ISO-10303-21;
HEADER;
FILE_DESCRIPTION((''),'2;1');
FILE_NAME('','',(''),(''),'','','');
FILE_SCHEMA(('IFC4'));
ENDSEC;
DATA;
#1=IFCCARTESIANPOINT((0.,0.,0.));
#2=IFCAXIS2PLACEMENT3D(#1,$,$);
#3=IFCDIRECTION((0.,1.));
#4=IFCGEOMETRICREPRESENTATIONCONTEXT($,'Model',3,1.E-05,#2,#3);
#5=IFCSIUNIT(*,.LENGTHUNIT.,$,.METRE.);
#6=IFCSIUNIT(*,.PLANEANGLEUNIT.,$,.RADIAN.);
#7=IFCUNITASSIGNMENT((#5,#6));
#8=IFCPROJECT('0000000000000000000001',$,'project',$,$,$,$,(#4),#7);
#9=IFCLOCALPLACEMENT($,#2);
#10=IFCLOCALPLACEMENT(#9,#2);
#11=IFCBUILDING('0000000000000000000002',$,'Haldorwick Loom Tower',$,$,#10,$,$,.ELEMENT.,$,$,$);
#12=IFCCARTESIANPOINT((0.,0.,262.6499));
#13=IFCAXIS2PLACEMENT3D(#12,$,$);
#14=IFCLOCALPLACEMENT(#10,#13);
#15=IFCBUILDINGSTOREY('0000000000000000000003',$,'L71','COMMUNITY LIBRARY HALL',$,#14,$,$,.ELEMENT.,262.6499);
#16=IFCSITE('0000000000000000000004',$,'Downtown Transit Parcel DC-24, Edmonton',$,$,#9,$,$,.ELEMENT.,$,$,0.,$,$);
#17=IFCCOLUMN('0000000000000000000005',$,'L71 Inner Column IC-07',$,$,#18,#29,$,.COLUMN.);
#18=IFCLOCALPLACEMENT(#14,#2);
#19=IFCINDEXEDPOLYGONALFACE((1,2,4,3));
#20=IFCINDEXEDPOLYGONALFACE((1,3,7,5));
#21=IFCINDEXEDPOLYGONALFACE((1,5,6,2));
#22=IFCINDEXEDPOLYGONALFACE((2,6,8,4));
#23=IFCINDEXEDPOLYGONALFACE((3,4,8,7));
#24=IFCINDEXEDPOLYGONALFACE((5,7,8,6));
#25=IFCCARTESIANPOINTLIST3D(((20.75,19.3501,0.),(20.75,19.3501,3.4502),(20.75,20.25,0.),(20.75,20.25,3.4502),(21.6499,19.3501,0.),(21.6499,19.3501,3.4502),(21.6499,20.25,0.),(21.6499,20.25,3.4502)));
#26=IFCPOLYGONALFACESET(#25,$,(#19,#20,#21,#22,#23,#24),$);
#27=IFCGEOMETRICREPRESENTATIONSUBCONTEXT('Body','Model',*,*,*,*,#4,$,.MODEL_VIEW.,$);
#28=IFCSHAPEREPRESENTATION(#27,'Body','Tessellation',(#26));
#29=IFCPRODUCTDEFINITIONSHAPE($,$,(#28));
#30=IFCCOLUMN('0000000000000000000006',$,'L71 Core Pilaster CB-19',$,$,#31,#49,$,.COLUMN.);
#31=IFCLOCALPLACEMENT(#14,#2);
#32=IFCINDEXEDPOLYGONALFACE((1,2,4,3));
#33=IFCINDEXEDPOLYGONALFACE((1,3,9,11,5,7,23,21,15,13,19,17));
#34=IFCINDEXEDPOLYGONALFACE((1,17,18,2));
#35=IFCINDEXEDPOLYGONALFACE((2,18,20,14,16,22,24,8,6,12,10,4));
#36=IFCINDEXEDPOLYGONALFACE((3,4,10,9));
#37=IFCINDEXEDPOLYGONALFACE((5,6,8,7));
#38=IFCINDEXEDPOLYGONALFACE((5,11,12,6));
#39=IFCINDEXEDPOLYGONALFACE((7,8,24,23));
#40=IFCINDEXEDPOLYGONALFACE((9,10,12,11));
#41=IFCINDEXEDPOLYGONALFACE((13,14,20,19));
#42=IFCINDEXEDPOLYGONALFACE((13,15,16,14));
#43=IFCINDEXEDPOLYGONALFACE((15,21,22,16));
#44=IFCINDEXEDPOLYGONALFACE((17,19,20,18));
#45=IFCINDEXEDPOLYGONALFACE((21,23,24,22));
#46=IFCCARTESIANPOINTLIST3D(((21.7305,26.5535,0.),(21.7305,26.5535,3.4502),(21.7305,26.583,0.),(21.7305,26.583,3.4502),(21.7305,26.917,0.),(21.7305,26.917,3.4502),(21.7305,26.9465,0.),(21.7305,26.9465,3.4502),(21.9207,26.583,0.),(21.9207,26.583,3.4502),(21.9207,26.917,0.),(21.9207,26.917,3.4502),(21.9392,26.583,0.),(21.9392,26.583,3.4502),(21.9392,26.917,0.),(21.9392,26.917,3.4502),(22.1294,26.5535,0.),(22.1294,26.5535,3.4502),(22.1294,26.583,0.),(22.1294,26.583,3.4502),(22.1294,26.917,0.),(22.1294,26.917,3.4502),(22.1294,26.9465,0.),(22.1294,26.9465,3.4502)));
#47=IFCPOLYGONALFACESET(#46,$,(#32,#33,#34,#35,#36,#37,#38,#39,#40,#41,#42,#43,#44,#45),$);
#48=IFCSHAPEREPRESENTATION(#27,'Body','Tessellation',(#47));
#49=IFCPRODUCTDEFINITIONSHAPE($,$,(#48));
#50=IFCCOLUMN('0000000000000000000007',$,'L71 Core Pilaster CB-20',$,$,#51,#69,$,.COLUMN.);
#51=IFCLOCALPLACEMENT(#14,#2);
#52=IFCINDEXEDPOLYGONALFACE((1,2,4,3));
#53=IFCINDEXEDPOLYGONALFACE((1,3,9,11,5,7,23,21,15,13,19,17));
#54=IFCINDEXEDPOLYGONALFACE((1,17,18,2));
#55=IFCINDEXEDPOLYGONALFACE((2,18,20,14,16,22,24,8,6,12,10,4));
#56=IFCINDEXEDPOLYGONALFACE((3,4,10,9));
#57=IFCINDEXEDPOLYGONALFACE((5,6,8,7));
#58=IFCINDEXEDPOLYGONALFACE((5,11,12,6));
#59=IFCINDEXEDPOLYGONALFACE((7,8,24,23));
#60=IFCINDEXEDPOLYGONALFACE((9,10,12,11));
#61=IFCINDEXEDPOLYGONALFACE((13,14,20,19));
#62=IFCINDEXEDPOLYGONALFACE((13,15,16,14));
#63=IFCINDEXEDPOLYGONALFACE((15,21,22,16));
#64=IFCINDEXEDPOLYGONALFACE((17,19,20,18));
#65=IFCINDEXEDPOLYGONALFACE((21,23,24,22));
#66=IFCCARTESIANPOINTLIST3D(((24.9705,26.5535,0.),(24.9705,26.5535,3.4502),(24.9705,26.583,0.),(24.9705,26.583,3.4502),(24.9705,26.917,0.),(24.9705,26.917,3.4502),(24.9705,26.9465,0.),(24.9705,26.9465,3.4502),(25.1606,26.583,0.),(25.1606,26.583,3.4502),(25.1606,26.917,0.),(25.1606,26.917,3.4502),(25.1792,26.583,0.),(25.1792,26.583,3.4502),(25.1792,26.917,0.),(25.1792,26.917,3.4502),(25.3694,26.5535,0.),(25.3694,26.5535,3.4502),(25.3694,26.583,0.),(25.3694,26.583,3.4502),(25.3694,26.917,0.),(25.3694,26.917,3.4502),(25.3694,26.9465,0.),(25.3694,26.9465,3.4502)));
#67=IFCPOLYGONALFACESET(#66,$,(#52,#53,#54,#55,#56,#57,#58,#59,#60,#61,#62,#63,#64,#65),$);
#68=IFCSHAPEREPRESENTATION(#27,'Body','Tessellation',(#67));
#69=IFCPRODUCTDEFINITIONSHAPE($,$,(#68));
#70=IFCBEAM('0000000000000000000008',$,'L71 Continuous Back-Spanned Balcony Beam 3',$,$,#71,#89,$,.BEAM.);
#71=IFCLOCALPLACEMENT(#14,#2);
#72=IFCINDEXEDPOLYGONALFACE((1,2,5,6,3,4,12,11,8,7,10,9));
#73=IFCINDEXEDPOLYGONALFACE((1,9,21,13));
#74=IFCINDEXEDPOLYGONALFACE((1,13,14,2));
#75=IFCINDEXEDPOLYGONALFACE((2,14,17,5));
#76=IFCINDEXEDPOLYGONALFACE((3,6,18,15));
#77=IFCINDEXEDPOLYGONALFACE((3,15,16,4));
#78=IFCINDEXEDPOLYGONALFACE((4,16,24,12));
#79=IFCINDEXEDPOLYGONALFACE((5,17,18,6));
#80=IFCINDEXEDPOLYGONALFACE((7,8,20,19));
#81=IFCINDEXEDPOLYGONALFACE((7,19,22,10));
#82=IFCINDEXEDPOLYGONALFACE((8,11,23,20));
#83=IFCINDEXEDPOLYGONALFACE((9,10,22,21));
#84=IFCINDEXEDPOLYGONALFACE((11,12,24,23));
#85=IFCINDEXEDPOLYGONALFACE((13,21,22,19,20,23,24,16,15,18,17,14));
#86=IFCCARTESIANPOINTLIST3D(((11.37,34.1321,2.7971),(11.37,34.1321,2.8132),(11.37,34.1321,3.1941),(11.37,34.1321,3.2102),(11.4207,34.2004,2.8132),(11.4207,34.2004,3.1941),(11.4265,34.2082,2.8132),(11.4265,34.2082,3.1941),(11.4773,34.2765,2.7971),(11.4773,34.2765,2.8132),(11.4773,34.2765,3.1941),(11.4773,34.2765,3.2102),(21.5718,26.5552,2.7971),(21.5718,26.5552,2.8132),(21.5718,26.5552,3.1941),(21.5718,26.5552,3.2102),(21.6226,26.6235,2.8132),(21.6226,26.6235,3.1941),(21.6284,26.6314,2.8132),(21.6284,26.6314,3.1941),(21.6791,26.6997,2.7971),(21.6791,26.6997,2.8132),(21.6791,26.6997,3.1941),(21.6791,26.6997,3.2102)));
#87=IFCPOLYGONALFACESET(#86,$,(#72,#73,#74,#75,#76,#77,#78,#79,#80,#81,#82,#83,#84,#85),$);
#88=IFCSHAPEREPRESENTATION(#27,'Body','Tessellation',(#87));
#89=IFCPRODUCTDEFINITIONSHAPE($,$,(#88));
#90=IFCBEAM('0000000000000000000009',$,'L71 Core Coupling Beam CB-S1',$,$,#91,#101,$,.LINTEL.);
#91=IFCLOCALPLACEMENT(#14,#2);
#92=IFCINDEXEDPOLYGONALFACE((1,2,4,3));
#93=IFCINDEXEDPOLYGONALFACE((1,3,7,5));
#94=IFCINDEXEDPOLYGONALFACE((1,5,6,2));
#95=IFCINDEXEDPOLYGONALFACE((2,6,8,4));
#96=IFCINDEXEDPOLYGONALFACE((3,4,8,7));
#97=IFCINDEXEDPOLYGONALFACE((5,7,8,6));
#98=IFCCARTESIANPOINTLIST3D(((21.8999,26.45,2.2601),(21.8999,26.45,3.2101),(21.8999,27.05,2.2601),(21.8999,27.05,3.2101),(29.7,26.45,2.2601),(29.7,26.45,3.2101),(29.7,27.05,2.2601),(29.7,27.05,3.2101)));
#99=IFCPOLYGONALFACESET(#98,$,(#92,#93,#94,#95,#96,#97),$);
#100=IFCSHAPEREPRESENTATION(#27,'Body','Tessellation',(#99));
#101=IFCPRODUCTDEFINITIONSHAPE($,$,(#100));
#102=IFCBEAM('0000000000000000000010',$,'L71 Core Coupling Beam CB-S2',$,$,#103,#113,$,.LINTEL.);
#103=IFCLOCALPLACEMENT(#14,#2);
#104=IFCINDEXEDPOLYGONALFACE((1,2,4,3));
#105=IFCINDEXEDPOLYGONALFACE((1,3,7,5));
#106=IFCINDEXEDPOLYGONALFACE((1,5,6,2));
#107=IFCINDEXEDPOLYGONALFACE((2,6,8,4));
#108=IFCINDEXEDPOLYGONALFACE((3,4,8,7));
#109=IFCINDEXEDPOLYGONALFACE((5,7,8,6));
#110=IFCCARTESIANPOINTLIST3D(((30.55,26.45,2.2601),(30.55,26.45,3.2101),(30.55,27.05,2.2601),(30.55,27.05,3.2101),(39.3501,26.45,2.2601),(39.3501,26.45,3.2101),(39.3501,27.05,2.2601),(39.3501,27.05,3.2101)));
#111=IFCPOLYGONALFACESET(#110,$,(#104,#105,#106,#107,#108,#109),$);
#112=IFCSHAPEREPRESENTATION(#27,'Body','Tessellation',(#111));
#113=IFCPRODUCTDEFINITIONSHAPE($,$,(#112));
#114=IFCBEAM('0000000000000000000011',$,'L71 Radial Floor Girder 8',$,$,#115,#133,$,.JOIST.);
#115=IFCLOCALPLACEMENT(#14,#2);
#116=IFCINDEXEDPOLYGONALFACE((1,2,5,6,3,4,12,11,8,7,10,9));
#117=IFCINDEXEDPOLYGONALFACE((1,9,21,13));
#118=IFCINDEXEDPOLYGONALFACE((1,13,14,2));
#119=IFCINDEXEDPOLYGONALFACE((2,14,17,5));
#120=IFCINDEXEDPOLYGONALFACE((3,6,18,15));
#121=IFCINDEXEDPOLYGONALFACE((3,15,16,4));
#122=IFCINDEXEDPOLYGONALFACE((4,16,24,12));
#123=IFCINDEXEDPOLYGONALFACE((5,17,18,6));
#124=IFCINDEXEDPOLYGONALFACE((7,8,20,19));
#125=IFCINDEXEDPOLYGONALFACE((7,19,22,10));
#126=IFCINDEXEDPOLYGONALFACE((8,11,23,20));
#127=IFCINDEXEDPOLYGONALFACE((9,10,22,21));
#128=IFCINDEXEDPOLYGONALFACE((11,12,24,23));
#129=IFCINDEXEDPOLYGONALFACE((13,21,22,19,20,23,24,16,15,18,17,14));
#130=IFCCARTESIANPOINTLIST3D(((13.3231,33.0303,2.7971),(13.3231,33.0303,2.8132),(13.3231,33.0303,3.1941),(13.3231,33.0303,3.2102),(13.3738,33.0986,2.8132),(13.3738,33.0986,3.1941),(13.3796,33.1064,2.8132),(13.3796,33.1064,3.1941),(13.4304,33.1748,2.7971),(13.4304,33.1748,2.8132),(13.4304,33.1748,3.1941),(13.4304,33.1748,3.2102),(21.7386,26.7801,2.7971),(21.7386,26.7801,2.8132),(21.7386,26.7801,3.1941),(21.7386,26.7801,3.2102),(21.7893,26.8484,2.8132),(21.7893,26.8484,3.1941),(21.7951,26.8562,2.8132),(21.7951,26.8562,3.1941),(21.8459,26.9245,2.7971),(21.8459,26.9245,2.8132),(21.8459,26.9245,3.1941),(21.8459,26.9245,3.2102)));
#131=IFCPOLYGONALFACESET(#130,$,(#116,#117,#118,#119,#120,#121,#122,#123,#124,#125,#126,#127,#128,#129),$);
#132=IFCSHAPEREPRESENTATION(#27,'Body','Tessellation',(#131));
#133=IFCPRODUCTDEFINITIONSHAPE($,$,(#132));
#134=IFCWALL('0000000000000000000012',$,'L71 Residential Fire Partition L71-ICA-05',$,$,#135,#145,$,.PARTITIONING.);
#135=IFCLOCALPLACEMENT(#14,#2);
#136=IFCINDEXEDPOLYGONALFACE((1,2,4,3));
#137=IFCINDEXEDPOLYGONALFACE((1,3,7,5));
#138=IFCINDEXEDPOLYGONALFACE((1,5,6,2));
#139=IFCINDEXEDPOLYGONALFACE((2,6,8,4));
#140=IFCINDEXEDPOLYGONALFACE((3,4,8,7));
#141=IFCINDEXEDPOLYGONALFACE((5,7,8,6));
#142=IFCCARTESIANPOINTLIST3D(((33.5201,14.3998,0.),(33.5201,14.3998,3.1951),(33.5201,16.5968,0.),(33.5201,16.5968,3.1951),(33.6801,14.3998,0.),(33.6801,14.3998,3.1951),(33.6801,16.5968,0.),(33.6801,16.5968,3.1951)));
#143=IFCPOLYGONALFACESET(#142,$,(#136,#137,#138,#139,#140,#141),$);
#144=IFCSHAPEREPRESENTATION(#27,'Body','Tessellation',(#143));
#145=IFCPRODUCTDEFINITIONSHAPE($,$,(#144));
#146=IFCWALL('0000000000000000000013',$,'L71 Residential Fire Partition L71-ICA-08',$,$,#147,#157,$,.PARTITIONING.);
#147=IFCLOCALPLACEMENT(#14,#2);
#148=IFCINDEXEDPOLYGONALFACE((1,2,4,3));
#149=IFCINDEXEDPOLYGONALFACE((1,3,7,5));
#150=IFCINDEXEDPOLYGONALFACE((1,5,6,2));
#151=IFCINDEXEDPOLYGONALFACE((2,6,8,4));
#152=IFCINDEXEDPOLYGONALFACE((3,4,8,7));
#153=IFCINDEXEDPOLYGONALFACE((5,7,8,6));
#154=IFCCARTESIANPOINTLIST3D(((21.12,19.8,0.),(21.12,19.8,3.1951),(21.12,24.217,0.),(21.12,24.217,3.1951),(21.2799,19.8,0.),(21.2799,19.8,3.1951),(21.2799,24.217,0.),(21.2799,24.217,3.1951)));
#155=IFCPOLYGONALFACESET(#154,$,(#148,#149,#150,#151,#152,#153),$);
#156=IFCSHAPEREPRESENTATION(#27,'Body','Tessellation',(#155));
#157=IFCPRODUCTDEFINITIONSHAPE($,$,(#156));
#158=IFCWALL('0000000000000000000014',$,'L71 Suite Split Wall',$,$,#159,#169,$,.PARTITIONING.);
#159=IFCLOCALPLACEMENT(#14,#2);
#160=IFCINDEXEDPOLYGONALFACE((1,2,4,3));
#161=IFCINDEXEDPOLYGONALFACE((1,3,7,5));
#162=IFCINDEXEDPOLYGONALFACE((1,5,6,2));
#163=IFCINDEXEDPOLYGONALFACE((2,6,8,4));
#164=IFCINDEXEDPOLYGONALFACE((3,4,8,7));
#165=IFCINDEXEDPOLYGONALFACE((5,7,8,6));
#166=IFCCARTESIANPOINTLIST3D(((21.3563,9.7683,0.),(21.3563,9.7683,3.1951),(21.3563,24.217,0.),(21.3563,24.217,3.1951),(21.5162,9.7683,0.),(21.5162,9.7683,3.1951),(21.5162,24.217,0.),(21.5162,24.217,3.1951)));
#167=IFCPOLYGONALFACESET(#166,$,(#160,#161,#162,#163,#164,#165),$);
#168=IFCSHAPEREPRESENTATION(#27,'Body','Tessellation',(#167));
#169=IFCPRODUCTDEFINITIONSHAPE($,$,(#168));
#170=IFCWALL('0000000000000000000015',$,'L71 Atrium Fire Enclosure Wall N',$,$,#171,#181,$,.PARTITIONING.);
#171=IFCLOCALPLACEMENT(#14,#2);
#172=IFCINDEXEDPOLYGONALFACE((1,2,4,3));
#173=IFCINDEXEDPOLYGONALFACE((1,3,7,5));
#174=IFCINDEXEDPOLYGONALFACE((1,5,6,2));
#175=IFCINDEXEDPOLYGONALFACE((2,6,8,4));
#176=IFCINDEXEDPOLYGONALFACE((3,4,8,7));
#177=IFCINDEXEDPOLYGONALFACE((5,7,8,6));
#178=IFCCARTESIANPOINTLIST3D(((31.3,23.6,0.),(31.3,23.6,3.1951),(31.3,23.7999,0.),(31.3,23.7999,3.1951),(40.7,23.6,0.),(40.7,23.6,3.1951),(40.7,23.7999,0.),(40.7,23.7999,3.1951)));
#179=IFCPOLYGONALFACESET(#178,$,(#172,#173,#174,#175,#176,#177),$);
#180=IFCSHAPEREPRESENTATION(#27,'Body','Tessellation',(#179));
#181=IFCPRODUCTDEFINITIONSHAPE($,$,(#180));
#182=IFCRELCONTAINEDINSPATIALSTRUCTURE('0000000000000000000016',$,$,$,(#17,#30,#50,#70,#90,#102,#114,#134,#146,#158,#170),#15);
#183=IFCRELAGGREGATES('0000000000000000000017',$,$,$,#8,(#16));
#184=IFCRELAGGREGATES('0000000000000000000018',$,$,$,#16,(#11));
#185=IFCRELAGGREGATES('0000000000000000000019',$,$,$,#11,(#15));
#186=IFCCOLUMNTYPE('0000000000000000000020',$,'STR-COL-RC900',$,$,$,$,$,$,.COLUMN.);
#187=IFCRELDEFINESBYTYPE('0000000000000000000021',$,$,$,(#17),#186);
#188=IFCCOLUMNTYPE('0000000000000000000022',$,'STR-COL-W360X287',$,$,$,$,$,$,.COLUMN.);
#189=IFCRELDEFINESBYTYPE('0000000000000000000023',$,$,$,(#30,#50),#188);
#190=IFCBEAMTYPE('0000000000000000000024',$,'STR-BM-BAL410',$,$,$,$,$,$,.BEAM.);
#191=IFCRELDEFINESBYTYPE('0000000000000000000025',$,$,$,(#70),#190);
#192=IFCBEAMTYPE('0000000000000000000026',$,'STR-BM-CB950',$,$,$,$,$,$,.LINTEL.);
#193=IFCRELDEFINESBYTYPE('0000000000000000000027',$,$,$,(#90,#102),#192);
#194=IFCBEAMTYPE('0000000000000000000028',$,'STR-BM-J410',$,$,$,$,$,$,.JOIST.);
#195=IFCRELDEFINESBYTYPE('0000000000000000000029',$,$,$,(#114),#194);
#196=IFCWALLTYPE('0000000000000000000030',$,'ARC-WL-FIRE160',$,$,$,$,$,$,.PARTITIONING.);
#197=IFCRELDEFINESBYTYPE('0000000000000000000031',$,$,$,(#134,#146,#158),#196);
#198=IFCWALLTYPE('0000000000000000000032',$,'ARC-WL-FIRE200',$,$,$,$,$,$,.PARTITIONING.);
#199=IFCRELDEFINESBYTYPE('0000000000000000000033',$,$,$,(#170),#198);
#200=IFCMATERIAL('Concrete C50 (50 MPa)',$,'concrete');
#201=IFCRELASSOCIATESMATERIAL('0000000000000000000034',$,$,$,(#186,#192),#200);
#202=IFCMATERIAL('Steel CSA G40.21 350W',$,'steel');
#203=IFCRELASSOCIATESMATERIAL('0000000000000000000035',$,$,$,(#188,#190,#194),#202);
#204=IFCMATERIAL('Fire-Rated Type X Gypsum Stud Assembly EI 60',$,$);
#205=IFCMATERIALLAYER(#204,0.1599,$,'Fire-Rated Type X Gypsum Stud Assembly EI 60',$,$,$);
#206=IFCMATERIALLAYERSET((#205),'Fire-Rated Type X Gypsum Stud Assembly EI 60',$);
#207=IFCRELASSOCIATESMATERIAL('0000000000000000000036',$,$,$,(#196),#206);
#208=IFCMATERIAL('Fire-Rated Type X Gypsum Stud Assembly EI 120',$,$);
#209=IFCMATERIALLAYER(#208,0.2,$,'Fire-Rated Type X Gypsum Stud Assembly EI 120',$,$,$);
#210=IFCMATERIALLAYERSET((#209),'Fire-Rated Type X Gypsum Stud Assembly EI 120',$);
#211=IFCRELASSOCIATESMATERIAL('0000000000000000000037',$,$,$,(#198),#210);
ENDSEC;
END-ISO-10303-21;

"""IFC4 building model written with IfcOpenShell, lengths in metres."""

from ifc_helpers import new_model, si_unit, direction, frame, frame_2d, origin, origin_2d, place, context, subcontext, project, spatial, rectangle, i_section, extrude, material, layer, layer_set, material_profile, profile_set, type_object, element, save


model = new_model("IFC4")

# Units and contexts
model_context = context("Model", 3, precision=1e-05, world=origin(), true_north=direction((0.0, 1.0)))
body_context = subcontext(model_context, "Body", "Model", "MODEL_VIEW")
ifc_project = project(units=[si_unit("LENGTHUNIT", "METRE"), si_unit("PLANEANGLEUNIT", "RADIAN")], contexts=[model_context])

# Site, building, storey
site_placement = place(None, origin())
site = spatial("IfcSite", under=ifc_project, at=site_placement, Name="Downtown Transit Parcel DC-24, Edmonton", CompositionType="ELEMENT", RefElevation=0.0)
building_placement = place(site_placement, origin())
building = spatial("IfcBuilding", under=site, at=building_placement, Name="Haldorwick Loom Tower", CompositionType="ELEMENT")
storey_placement = place(building_placement, frame((0.0, 0.0, 262.6499)))
storey = spatial("IfcBuildingStorey", under=building, at=storey_placement, Name="L71", Description="COMMUNITY LIBRARY HALL", CompositionType="ELEMENT", Elevation=262.6499)

# Columns
ifc_material_1 = material(Name="Concrete C50 (50 MPa)", Category="concrete")
ifc_material_profile_1 = material_profile(ifc_material_1, rectangle(XDim=0.8999, YDim=0.8999, at=origin_2d()), Name="RC900X900", Category="concrete")
ifc_profile_set_1 = profile_set([ifc_material_profile_1], Name="Concrete C50 (50 MPa)")
column_type_1 = type_object("IfcColumnType", Name="STR-COL-RC900", PredefinedType="COLUMN", material=ifc_profile_set_1)
column_placement = place(storey_placement, frame((21.2, 19.8, 0.0), z_axis=(0.0, 0.0, 1.0), x_axis=(1.0, 0.0, 0.0)))
element("IfcColumn", 1, at=column_placement, inside=storey, type_object=column_type_1, Name="L71 Inner Column IC-07", PredefinedType="COLUMN", context=body_context, shape_type="SweptSolid", body=[
    extrude(rectangle(XDim=0.8999, YDim=0.8999, at=origin_2d()), origin(), (0.0, 0.0, 1.0), 3.4502),
])
ifc_material_2 = material(Name="Steel CSA G40.21 350W", Category="steel")
ifc_material_profile_2 = material_profile(ifc_material_2, i_section(OverallWidth=0.3989, OverallDepth=0.3931, WebThickness=0.0186, FlangeThickness=0.0295, at=origin_2d()), Name="W360X287", Category="steel")
ifc_profile_set_2 = profile_set([ifc_material_profile_2], Name="Steel CSA G40.21 350W")
column_type_2 = type_object("IfcColumnType", Name="STR-COL-W360X287", PredefinedType="COLUMN", material=ifc_profile_set_2)
for number, where, z_axis, x_axis, name in (
    (2, (21.9299, 26.75, 0.0), (0.0, 0.0, 1.0), (1.0, 0.0, 0.0), "L71 Core Pilaster CB-19"),
    (3, (25.1699, 26.75, 0.0), (0.0, 0.0, 1.0), (1.0, 0.0, 0.0), "L71 Core Pilaster CB-20"),
):
    element("IfcColumn", number, at=place(storey_placement, frame(where, z_axis=z_axis, x_axis=x_axis)), inside=storey, type_object=column_type_2, Name=name, PredefinedType="COLUMN", context=body_context, shape_type="SweptSolid", body=[
        extrude(i_section(OverallWidth=0.3989, OverallDepth=0.3931, WebThickness=0.0186, FlangeThickness=0.0295, at=origin_2d()), origin(), (0.0, 0.0, 1.0), 3.4502),
    ])

# Beams
ifc_material_profile_3 = material_profile(ifc_material_2, i_section(OverallWidth=0.1799, OverallDepth=0.4131, WebThickness=0.0098, FlangeThickness=0.0161, at=origin_2d()), Name="W410X74", Category="steel")
ifc_profile_set_3 = profile_set([ifc_material_profile_3], Name="Steel CSA G40.21 350W")
beam_type_1 = type_object("IfcBeamType", Name="STR-BM-BAL410", PredefinedType="BEAM", material=ifc_profile_set_3)
beam_1_placement = place(storey_placement, frame((21.6255, 26.6274, 3.0037), z_axis=(-0.802806, 0.59624, 0.0), x_axis=(-0.59624, -0.802806, 0.0)))
element("IfcBeam", 4, at=beam_1_placement, inside=storey, type_object=beam_type_1, Name="L71 Continuous Back-Spanned Balcony Beam 3", PredefinedType="BEAM", context=body_context, shape_type="SweptSolid", body=[
    extrude(i_section(OverallWidth=0.1799, OverallDepth=0.4131, WebThickness=0.0098, FlangeThickness=0.0161, at=origin_2d()), origin(), (0.0, 0.0, 1.0), 12.7078),
])
ifc_material_profile_4 = material_profile(ifc_material_1, rectangle(XDim=0.6001, YDim=0.95, at=origin_2d()), Name="RC600X950", Category="concrete")
ifc_profile_set_4 = profile_set([ifc_material_profile_4], Name="Concrete C50 (50 MPa)")
beam_type_2 = type_object("IfcBeamType", Name="STR-BM-CB950", PredefinedType="LINTEL", material=ifc_profile_set_4)
beam_2_placement = place(storey_placement, frame((21.8999, 26.75, 2.7351), z_axis=(1.0, 0.0, 0.0), x_axis=(0.0, 1.0, 0.0)))
element("IfcBeam", 5, at=beam_2_placement, inside=storey, type_object=beam_type_2, Name="L71 Core Coupling Beam CB-S1", PredefinedType="LINTEL", context=body_context, shape_type="SweptSolid", body=[
    extrude(rectangle(XDim=0.6001, YDim=0.95, at=origin_2d()), origin(), (0.0, 0.0, 1.0), 7.8),
])
beam_3_placement = place(storey_placement, frame((30.55, 26.75, 2.7351), z_axis=(1.0, 0.0, 0.0), x_axis=(0.0, 1.0, 0.0)))
element("IfcBeam", 6, at=beam_3_placement, inside=storey, type_object=beam_type_2, Name="L71 Core Coupling Beam CB-S2", PredefinedType="LINTEL", context=body_context, shape_type="SweptSolid", body=[
    extrude(rectangle(XDim=0.6001, YDim=0.95, at=origin_2d()), origin(), (0.0, 0.0, 1.0), 8.8),
])
ifc_material_profile_5 = material_profile(ifc_material_2, i_section(OverallWidth=0.1799, OverallDepth=0.4131, WebThickness=0.0098, FlangeThickness=0.0161, at=origin_2d()), Name="W410X74", Category="steel")
ifc_profile_set_5 = profile_set([ifc_material_profile_5], Name="Steel CSA G40.21 350W")
beam_type_3 = type_object("IfcBeamType", Name="STR-BM-J410", PredefinedType="JOIST", material=ifc_profile_set_5)
beam_4_placement = place(storey_placement, frame((21.7922, 26.8523, 3.0037), z_axis=(-0.802803, 0.596245, 0.0), x_axis=(-0.596245, -0.802803, 0.0)))
element("IfcBeam", 7, at=beam_4_placement, inside=storey, type_object=beam_type_3, Name="L71 Radial Floor Girder 8", PredefinedType="JOIST", context=body_context, shape_type="SweptSolid", body=[
    extrude(i_section(OverallWidth=0.1799, OverallDepth=0.4131, WebThickness=0.0098, FlangeThickness=0.0161, at=origin_2d()), origin(), (0.0, 0.0, 1.0), 10.4827),
])

# Walls
ifc_material_3 = material(Name="Fire-Rated Type X Gypsum Stud Assembly EI 60")
ifc_layer_1 = layer(ifc_material_3, 0.1599, Name="Fire-Rated Type X Gypsum Stud Assembly EI 60")
ifc_layer_set_1 = layer_set([ifc_layer_1], Name="Fire-Rated Type X Gypsum Stud Assembly EI 60")
wall_type_1 = type_object("IfcWallType", Name="ARC-WL-FIRE160", PredefinedType="PARTITIONING", material=ifc_layer_set_1)
wall_1_placement = place(storey_placement, frame((33.6001, 16.5969, 0.0), z_axis=(0.0, 0.0, 1.0), x_axis=(0.0, -1.0, 0.0)))
element("IfcWall", 8, at=wall_1_placement, inside=storey, type_object=wall_type_1, Name="L71 Residential Fire Partition L71-ICA-05", PredefinedType="PARTITIONING", context=body_context, shape_type="SweptSolid", body=[
    extrude(rectangle(XDim=2.197, YDim=0.1599, at=frame_2d((1.0986, 0.0))), origin(), (0.0, 0.0, 1.0), 3.1951),
])
wall_2_placement = place(storey_placement, frame((21.2, 24.217, 0.0), z_axis=(0.0, 0.0, 1.0), x_axis=(0.0, -1.0, 0.0)))
element("IfcWall", 9, at=wall_2_placement, inside=storey, type_object=wall_type_1, Name="L71 Residential Fire Partition L71-ICA-08", PredefinedType="PARTITIONING", context=body_context, shape_type="SweptSolid", body=[
    extrude(rectangle(XDim=4.417, YDim=0.1599, at=frame_2d((2.2085, 0.0))), origin(), (0.0, 0.0, 1.0), 3.1951),
])
wall_3_placement = place(storey_placement, frame((21.4363, 24.217, 0.0), z_axis=(0.0, 0.0, 1.0), x_axis=(0.0, -1.0, 0.0)))
element("IfcWall", 10, at=wall_3_placement, inside=storey, type_object=wall_type_1, Name="L71 Suite Split Wall", PredefinedType="PARTITIONING", context=body_context, shape_type="SweptSolid", body=[
    extrude(rectangle(XDim=14.4487, YDim=0.1599, at=frame_2d((7.2244, 0.0))), origin(), (0.0, 0.0, 1.0), 3.1951),
])
ifc_material_4 = material(Name="Fire-Rated Type X Gypsum Stud Assembly EI 120")
ifc_layer_2 = layer(ifc_material_4, 0.2, Name="Fire-Rated Type X Gypsum Stud Assembly EI 120")
ifc_layer_set_2 = layer_set([ifc_layer_2], Name="Fire-Rated Type X Gypsum Stud Assembly EI 120")
wall_type_2 = type_object("IfcWallType", Name="ARC-WL-FIRE200", PredefinedType="PARTITIONING", material=ifc_layer_set_2)
wall_4_placement = place(storey_placement, frame((31.3, 23.7, 0.0), z_axis=(0.0, 0.0, 1.0), x_axis=(1.0, 0.0, 0.0)))
element("IfcWall", 11, at=wall_4_placement, inside=storey, type_object=wall_type_2, Name="L71 Atrium Fire Enclosure Wall N", PredefinedType="PARTITIONING", context=body_context, shape_type="SweptSolid", body=[
    extrude(rectangle(XDim=9.3999, YDim=0.2, at=frame_2d((4.7, 0.0))), origin(), (0.0, 0.0, 1.0), 3.1951),
])

save(model, "model.ifc")
